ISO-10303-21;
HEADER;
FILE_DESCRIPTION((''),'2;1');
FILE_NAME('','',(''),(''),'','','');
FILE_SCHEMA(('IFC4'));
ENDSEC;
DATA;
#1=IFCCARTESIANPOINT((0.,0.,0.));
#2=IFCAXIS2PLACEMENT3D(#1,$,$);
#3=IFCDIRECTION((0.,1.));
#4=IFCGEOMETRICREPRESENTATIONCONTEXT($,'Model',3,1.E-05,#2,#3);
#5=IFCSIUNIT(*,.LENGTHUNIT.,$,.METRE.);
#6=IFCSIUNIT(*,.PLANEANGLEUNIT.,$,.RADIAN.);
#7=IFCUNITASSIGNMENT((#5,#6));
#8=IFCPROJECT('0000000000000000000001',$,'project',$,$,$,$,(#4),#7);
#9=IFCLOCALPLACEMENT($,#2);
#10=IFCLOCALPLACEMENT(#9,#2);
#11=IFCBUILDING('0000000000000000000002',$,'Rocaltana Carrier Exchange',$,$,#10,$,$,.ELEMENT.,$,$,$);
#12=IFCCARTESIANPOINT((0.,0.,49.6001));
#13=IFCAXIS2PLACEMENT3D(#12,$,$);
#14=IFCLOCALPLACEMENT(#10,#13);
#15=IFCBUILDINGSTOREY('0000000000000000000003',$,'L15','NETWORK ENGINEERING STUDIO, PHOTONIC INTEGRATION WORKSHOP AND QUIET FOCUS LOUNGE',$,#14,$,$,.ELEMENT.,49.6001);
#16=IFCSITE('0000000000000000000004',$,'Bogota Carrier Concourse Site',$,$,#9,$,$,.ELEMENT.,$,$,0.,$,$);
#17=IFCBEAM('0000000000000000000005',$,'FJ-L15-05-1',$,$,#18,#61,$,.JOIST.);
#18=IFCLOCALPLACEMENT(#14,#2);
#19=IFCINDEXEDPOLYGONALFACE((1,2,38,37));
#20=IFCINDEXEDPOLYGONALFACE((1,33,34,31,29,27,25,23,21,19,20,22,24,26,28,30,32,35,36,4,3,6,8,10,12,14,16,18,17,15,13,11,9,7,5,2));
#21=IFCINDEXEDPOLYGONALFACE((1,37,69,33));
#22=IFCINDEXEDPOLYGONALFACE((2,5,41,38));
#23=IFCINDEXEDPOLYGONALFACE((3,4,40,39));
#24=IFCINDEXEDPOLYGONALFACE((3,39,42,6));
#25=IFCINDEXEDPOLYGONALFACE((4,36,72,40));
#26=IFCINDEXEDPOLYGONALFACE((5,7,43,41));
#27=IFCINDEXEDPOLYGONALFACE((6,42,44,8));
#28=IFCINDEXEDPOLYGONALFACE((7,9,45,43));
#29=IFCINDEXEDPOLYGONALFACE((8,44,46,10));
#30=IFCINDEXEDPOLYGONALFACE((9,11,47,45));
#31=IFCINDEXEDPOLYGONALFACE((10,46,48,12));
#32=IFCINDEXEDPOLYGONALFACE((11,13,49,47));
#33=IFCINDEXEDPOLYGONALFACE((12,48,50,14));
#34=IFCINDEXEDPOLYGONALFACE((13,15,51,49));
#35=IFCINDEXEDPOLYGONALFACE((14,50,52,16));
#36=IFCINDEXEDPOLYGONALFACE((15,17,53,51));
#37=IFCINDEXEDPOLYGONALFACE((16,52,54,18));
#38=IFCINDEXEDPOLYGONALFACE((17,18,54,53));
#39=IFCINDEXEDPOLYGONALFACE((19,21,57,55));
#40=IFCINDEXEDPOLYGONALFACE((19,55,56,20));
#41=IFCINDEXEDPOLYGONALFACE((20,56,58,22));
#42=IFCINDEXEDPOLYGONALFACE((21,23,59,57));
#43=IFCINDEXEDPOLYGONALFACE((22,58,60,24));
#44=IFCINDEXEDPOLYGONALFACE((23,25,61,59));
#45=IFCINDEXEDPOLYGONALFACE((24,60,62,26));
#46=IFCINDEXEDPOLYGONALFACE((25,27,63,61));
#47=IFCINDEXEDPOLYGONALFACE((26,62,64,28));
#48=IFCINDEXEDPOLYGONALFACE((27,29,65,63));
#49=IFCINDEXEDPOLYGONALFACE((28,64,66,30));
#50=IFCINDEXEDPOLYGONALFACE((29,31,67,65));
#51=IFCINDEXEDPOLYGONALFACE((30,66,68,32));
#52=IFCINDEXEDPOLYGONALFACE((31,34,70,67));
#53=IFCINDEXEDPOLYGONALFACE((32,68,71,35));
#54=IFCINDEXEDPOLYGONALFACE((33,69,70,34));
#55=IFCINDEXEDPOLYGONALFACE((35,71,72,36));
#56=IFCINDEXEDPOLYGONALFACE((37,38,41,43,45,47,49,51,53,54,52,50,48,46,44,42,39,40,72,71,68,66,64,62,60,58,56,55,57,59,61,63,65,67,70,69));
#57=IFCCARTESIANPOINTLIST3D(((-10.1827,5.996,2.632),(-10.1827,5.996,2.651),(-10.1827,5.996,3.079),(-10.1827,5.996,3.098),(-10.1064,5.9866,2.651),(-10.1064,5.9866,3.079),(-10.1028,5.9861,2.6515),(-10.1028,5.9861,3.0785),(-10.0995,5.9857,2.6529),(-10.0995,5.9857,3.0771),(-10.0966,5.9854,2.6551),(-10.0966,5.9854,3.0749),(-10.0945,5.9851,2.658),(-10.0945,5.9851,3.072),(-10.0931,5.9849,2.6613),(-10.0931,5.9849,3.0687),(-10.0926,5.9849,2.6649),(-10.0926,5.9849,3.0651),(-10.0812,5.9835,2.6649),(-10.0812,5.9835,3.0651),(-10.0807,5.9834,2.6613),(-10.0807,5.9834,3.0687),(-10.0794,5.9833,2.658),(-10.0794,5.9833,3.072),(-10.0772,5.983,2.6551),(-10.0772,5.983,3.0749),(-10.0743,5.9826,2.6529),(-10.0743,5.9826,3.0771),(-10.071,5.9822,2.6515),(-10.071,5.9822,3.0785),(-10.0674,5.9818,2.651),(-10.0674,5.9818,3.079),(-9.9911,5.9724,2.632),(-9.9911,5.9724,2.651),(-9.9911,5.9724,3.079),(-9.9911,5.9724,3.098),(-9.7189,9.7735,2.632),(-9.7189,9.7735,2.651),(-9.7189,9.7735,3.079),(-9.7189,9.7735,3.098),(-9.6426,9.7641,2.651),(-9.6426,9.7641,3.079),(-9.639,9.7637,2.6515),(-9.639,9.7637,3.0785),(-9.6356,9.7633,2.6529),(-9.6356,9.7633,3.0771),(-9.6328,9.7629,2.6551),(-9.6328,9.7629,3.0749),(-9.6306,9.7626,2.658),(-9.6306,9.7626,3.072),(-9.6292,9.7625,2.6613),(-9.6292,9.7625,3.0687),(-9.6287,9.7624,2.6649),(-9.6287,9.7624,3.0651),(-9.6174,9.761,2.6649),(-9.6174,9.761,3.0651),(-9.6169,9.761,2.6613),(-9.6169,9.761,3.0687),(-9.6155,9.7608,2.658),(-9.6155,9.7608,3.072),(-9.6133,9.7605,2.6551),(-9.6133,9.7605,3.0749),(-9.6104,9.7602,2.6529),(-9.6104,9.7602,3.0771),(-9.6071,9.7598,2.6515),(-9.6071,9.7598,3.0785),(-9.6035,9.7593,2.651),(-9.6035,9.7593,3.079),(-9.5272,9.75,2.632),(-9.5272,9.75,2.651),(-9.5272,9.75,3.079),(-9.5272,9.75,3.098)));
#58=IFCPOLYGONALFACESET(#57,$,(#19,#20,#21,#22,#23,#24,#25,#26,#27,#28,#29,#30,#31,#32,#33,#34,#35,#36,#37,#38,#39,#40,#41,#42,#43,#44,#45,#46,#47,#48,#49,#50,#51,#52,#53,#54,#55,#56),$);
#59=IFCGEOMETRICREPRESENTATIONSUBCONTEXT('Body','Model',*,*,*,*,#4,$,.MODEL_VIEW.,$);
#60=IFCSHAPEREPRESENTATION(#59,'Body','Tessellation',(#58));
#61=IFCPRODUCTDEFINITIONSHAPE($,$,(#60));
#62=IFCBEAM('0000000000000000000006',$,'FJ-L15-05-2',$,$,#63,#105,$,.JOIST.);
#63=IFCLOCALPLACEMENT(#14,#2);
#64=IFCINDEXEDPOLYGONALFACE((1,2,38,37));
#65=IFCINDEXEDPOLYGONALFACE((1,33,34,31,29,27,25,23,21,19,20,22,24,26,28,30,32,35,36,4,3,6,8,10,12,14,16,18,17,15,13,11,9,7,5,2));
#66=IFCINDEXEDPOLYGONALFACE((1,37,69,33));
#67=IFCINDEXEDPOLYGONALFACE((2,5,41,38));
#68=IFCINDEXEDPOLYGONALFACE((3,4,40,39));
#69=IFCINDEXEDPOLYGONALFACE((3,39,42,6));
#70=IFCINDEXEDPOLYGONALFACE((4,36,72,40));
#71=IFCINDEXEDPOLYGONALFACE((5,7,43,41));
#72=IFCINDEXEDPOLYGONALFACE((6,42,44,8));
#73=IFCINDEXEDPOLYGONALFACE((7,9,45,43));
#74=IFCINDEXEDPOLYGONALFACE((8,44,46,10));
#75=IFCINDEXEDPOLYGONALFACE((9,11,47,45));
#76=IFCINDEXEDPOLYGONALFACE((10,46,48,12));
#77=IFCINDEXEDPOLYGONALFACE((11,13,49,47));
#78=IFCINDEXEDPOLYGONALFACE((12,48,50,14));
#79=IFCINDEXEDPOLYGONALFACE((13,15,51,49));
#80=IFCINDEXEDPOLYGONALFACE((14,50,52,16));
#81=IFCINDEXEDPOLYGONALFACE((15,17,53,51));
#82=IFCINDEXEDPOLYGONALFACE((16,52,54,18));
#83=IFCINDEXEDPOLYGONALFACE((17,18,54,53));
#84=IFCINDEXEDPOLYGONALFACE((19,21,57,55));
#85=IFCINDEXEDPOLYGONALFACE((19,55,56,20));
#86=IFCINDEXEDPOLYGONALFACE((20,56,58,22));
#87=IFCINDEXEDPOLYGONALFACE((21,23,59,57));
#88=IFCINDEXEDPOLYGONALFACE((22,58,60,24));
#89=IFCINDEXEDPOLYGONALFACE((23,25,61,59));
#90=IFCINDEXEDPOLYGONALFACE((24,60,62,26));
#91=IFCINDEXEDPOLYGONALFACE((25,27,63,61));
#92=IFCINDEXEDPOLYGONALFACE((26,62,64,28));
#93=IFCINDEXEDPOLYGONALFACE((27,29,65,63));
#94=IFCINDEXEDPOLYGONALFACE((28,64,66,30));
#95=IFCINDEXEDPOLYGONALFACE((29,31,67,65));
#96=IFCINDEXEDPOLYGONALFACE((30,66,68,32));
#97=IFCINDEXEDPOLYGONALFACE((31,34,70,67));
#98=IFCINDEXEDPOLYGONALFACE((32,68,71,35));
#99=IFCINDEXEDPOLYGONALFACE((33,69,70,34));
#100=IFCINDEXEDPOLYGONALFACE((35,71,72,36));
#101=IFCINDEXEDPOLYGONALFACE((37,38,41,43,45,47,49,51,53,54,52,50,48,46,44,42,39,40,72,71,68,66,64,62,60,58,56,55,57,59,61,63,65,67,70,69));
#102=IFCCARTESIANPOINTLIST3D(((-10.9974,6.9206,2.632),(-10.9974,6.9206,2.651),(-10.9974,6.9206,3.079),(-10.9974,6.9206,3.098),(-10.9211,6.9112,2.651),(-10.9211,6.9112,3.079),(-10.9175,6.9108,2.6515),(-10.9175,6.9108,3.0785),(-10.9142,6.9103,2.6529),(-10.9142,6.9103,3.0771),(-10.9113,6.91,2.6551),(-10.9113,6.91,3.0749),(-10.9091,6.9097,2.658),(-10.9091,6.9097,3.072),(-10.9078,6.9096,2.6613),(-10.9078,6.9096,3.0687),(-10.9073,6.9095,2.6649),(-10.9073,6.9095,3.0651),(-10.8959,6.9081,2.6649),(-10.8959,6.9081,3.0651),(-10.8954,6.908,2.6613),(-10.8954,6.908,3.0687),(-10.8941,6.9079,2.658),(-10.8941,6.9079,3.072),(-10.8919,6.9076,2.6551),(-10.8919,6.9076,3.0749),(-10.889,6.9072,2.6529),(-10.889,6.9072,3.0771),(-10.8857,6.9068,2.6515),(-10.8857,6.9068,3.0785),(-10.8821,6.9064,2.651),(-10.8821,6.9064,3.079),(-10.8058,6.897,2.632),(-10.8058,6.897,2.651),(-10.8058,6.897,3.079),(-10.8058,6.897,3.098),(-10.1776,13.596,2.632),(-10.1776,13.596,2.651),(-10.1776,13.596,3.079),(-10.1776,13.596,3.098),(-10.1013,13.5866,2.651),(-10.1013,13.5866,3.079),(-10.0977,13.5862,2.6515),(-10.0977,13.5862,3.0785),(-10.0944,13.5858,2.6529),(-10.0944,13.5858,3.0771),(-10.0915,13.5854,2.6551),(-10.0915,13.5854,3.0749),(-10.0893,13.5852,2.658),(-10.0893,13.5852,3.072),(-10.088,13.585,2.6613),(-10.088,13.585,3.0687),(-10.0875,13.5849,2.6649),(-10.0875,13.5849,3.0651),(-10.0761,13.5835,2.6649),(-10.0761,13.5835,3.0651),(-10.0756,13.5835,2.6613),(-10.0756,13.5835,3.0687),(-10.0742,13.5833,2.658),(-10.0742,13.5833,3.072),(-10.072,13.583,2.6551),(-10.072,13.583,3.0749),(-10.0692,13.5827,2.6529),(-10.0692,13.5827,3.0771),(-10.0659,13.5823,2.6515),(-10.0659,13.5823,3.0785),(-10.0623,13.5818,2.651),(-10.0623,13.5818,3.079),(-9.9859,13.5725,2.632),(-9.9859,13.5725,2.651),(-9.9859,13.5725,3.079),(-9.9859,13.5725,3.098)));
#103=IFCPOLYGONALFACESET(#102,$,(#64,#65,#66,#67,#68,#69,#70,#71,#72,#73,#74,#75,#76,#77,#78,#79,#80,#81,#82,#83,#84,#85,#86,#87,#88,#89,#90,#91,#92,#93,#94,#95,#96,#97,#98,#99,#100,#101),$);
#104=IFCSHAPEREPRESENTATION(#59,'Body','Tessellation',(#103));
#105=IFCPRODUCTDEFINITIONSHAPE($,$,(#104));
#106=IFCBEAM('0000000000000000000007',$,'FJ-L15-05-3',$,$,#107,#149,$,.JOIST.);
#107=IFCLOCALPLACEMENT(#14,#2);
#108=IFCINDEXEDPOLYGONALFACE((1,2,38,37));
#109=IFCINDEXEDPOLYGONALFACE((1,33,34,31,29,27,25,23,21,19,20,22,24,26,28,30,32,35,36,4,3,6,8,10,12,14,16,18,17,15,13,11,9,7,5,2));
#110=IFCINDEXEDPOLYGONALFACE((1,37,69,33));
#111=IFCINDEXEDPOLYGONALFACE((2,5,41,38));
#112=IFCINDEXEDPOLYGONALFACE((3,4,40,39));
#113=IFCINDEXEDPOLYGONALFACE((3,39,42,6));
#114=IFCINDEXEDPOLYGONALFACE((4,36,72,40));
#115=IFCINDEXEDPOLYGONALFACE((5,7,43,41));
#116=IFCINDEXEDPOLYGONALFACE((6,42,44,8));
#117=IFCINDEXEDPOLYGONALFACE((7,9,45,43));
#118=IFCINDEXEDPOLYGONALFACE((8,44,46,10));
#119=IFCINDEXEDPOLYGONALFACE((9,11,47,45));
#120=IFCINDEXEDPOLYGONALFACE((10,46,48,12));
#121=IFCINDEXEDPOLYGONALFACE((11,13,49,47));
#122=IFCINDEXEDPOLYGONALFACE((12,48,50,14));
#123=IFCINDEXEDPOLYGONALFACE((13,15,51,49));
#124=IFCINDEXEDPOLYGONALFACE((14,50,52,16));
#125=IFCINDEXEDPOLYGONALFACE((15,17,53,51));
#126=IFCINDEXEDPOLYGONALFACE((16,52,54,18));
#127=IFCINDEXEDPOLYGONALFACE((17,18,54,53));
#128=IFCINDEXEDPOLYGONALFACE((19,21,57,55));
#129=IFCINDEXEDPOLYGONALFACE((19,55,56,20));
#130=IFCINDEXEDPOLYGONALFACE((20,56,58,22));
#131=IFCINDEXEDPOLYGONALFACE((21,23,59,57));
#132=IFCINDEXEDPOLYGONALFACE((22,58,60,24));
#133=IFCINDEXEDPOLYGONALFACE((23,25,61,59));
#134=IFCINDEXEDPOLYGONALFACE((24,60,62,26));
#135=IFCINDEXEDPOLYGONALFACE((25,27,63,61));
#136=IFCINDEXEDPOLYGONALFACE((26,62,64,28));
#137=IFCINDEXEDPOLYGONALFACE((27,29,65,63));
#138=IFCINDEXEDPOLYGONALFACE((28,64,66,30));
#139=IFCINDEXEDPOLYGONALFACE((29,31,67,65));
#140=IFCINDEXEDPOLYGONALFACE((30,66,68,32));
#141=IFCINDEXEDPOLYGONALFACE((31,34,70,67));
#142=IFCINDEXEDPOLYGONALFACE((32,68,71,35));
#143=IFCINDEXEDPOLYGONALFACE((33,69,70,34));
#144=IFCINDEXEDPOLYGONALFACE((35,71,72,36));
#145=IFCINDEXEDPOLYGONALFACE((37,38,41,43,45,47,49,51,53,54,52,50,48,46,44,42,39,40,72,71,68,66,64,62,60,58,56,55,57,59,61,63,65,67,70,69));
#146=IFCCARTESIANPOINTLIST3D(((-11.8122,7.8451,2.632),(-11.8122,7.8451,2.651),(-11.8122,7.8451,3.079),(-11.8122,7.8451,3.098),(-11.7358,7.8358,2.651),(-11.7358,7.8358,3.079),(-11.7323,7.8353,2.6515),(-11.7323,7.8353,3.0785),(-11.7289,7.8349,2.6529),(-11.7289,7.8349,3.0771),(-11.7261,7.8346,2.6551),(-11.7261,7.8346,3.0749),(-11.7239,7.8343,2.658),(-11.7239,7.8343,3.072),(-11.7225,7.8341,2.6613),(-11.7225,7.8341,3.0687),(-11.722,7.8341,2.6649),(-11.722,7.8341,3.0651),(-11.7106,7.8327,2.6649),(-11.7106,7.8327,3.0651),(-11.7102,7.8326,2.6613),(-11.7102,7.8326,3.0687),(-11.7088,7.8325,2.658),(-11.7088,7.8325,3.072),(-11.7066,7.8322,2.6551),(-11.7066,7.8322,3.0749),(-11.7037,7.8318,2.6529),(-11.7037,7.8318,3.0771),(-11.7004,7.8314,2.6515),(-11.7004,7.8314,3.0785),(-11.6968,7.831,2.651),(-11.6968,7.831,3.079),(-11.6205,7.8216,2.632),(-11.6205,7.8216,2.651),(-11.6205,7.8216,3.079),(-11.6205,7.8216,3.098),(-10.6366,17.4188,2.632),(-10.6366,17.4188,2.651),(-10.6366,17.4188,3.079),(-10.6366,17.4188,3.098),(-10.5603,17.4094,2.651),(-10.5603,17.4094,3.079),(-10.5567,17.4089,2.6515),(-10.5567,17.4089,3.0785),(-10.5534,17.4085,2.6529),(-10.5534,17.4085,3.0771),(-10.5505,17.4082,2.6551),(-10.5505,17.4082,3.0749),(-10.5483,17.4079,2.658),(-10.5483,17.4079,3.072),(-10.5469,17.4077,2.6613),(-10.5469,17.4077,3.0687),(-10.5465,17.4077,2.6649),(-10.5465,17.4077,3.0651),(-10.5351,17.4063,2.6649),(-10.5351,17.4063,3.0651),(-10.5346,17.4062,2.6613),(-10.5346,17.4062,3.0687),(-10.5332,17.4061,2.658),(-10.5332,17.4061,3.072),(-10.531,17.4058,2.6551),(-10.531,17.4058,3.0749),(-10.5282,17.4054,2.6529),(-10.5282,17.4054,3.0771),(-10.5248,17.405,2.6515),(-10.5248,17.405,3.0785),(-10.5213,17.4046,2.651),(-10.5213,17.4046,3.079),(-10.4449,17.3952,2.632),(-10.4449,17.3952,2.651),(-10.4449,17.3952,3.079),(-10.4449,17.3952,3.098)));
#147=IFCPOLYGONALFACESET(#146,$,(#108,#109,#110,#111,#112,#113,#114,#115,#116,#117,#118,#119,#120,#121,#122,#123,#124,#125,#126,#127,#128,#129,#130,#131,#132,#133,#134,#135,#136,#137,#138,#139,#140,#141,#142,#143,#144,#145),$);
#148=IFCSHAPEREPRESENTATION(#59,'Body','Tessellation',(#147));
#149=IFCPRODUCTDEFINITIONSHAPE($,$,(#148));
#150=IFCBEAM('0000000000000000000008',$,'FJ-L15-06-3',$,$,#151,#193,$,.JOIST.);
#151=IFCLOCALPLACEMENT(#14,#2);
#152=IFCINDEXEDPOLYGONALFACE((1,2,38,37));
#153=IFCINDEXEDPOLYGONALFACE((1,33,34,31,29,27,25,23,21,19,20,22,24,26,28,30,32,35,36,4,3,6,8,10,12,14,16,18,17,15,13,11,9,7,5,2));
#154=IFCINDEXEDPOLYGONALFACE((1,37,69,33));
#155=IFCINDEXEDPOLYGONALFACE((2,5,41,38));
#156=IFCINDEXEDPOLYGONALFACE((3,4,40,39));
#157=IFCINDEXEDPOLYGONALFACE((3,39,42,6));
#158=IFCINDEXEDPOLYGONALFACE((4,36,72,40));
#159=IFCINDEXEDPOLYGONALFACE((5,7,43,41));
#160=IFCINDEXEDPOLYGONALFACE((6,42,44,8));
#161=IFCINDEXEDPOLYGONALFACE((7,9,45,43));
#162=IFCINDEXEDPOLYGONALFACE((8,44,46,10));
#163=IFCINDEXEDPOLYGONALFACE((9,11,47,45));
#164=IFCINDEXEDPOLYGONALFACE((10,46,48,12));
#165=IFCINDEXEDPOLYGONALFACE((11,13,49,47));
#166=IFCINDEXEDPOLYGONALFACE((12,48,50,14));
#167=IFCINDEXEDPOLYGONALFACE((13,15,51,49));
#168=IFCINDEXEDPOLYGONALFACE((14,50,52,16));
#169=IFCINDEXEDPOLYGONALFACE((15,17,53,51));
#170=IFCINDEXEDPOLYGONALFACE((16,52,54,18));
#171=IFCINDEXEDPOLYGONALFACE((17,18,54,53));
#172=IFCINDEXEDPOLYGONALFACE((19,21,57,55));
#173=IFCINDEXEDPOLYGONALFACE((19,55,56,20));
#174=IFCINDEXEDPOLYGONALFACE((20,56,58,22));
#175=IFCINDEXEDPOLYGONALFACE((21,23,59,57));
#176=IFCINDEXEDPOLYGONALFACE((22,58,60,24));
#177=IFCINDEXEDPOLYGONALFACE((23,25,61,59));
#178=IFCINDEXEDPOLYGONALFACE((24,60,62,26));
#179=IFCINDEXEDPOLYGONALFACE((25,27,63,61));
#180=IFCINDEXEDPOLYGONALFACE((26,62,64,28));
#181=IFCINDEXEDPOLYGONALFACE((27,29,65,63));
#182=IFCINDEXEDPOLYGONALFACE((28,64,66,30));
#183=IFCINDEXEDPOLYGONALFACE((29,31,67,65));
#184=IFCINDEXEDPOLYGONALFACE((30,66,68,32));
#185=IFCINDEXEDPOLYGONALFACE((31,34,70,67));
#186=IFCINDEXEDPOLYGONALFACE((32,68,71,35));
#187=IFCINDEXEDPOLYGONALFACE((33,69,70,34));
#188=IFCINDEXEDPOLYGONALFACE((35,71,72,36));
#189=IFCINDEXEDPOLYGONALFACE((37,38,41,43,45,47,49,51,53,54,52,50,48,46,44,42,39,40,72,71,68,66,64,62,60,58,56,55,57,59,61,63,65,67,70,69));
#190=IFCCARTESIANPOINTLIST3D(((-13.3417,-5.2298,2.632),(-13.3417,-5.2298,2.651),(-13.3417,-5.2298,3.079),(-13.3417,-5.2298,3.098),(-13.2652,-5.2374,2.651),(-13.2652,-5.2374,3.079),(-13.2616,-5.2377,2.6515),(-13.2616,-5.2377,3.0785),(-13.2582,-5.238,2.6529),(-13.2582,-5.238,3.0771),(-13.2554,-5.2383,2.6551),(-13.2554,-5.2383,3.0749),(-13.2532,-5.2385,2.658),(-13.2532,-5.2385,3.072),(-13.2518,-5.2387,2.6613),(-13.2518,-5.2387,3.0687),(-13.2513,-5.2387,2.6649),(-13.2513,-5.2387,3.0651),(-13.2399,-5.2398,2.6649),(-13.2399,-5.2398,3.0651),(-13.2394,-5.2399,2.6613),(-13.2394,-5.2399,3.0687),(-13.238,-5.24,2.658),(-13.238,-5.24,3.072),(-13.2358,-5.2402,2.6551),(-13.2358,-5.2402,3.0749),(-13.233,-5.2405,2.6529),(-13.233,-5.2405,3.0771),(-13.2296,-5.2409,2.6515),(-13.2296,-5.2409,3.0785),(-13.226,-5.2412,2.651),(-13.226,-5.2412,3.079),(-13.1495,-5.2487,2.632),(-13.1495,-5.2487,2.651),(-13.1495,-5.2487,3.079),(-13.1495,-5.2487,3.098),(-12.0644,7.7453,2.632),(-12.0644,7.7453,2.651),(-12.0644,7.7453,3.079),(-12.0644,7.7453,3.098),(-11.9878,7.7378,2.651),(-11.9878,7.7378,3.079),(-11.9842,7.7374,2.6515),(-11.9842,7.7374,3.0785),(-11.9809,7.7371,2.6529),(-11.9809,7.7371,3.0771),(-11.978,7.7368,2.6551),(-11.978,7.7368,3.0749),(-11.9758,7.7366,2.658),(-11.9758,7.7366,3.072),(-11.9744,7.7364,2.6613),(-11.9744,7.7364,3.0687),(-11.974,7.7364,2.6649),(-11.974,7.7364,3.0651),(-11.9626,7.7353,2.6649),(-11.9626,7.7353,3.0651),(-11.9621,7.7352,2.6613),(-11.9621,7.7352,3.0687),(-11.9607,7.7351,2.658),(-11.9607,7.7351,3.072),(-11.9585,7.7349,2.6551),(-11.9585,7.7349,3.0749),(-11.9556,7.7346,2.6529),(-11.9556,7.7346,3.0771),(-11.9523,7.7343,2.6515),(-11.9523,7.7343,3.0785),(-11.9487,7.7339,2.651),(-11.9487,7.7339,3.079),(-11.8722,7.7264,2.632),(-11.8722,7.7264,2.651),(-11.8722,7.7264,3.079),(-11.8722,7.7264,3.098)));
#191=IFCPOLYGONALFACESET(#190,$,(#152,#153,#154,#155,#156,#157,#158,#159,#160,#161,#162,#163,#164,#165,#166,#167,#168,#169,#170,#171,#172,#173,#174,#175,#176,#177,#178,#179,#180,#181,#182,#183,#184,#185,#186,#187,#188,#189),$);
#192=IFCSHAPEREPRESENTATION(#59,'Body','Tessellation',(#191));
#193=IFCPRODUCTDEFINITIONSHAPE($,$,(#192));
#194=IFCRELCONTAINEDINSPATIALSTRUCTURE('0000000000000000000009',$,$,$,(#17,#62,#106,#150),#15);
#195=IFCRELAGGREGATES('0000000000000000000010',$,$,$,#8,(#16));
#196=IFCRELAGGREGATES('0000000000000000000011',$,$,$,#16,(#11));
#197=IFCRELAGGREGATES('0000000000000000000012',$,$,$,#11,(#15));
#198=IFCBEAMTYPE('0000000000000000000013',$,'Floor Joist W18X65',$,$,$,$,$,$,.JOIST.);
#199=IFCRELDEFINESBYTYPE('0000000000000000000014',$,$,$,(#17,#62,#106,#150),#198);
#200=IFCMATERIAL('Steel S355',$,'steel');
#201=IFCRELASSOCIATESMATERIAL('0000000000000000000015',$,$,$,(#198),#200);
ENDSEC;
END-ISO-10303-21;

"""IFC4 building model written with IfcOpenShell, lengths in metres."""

from ifc_helpers import new_model, si_unit, direction, frame, origin, origin_2d, place, context, subcontext, project, spatial, i_section, extrude, material, material_profile, profile_set, type_object, element, save


model = new_model("IFC4")

# Units and contexts
model_context = context("Model", 3, precision=1e-05, world=origin(), true_north=direction((0.0, 1.0)))
body_context = subcontext(model_context, "Body", "Model", "MODEL_VIEW")
ifc_project = project(units=[si_unit("LENGTHUNIT", "METRE"), si_unit("PLANEANGLEUNIT", "RADIAN")], contexts=[model_context])

# Site, building, storey
site_placement = place(None, origin())
site = spatial("IfcSite", under=ifc_project, at=site_placement, Name="Bogota Carrier Concourse Site", CompositionType="ELEMENT", RefElevation=0.0)
building_placement = place(site_placement, origin())
building = spatial("IfcBuilding", under=site, at=building_placement, Name="Rocaltana Carrier Exchange", CompositionType="ELEMENT")
storey_placement = place(building_placement, frame((0.0, 0.0, 49.6001)))
storey = spatial("IfcBuildingStorey", under=building, at=storey_placement, Name="L15", Description="NETWORK ENGINEERING STUDIO, PHOTONIC INTEGRATION WORKSHOP AND QUIET FOCUS LOUNGE", CompositionType="ELEMENT", Elevation=49.6001)

# Beams
ifc_material_1 = material(Name="Steel S355", Category="steel")
ifc_material_profile_1 = material_profile(ifc_material_1, i_section(OverallWidth=0.1931, OverallDepth=0.4661, WebThickness=0.0115, FlangeThickness=0.019, FilletRadius=0.0139, at=origin_2d()), Name="W18X65")
ifc_profile_set_1 = profile_set([ifc_material_profile_1], Name="Steel S355")
beam_type_1 = type_object("IfcBeamType", Name="Floor Joist W18X65", PredefinedType="JOIST", material=ifc_profile_set_1)
beam_1_placement = place(storey_placement, frame((-9.623, 9.7617, 2.865), z_axis=(-0.121879, -0.992545, 0.0), x_axis=(0.992545, -0.121879, 0.0)))
element("IfcBeam", 1, at=beam_1_placement, inside=storey, type_object=beam_type_1, Name="FJ-L15-05-1", PredefinedType="JOIST", context=body_context, shape_type="SweptSolid", body=[
    extrude(i_section(OverallWidth=0.1931, OverallDepth=0.4661, WebThickness=0.0115, FlangeThickness=0.019, FilletRadius=0.0139, at=origin_2d()), origin(), (0.0, 0.0, 1.0), 3.8059),
])
beam_2_placement = place(storey_placement, frame((-10.0818, 13.5842, 2.865), z_axis=(-0.121894, -0.992543, 0.0), x_axis=(0.992543, -0.121894, 0.0)))
element("IfcBeam", 2, at=beam_2_placement, inside=storey, type_object=beam_type_1, Name="FJ-L15-05-2", PredefinedType="JOIST", context=body_context, shape_type="SweptSolid", body=[
    extrude(i_section(OverallWidth=0.1931, OverallDepth=0.4661, WebThickness=0.0115, FlangeThickness=0.019, FilletRadius=0.0139, at=origin_2d()), origin(), (0.0, 0.0, 1.0), 6.7256),
])
beam_3_placement = place(storey_placement, frame((-10.5408, 17.407, 2.865), z_axis=(-0.121876, -0.992545, 0.0), x_axis=(0.992545, -0.121876, 0.0)))
element("IfcBeam", 3, at=beam_3_placement, inside=storey, type_object=beam_type_1, Name="FJ-L15-05-3", PredefinedType="JOIST", context=body_context, shape_type="SweptSolid", body=[
    extrude(i_section(OverallWidth=0.1931, OverallDepth=0.4661, WebThickness=0.0115, FlangeThickness=0.019, FilletRadius=0.0139, at=origin_2d()), origin(), (0.0, 0.0, 1.0), 9.6455),
])
beam_4_placement = place(storey_placement, frame((-11.9683, 7.7358, 2.865), z_axis=(-0.097972, -0.995189, 0.0), x_axis=(0.995189, -0.097972, 0.0)))
element("IfcBeam", 4, at=beam_4_placement, inside=storey, type_object=beam_type_1, Name="FJ-L15-06-3", PredefinedType="JOIST", context=body_context, shape_type="SweptSolid", body=[
    extrude(i_section(OverallWidth=0.1931, OverallDepth=0.4661, WebThickness=0.0115, FlangeThickness=0.019, FilletRadius=0.0139, at=origin_2d()), origin(), (0.0, 0.0, 1.0), 13.0378),
])

save(model, "model.ifc")
